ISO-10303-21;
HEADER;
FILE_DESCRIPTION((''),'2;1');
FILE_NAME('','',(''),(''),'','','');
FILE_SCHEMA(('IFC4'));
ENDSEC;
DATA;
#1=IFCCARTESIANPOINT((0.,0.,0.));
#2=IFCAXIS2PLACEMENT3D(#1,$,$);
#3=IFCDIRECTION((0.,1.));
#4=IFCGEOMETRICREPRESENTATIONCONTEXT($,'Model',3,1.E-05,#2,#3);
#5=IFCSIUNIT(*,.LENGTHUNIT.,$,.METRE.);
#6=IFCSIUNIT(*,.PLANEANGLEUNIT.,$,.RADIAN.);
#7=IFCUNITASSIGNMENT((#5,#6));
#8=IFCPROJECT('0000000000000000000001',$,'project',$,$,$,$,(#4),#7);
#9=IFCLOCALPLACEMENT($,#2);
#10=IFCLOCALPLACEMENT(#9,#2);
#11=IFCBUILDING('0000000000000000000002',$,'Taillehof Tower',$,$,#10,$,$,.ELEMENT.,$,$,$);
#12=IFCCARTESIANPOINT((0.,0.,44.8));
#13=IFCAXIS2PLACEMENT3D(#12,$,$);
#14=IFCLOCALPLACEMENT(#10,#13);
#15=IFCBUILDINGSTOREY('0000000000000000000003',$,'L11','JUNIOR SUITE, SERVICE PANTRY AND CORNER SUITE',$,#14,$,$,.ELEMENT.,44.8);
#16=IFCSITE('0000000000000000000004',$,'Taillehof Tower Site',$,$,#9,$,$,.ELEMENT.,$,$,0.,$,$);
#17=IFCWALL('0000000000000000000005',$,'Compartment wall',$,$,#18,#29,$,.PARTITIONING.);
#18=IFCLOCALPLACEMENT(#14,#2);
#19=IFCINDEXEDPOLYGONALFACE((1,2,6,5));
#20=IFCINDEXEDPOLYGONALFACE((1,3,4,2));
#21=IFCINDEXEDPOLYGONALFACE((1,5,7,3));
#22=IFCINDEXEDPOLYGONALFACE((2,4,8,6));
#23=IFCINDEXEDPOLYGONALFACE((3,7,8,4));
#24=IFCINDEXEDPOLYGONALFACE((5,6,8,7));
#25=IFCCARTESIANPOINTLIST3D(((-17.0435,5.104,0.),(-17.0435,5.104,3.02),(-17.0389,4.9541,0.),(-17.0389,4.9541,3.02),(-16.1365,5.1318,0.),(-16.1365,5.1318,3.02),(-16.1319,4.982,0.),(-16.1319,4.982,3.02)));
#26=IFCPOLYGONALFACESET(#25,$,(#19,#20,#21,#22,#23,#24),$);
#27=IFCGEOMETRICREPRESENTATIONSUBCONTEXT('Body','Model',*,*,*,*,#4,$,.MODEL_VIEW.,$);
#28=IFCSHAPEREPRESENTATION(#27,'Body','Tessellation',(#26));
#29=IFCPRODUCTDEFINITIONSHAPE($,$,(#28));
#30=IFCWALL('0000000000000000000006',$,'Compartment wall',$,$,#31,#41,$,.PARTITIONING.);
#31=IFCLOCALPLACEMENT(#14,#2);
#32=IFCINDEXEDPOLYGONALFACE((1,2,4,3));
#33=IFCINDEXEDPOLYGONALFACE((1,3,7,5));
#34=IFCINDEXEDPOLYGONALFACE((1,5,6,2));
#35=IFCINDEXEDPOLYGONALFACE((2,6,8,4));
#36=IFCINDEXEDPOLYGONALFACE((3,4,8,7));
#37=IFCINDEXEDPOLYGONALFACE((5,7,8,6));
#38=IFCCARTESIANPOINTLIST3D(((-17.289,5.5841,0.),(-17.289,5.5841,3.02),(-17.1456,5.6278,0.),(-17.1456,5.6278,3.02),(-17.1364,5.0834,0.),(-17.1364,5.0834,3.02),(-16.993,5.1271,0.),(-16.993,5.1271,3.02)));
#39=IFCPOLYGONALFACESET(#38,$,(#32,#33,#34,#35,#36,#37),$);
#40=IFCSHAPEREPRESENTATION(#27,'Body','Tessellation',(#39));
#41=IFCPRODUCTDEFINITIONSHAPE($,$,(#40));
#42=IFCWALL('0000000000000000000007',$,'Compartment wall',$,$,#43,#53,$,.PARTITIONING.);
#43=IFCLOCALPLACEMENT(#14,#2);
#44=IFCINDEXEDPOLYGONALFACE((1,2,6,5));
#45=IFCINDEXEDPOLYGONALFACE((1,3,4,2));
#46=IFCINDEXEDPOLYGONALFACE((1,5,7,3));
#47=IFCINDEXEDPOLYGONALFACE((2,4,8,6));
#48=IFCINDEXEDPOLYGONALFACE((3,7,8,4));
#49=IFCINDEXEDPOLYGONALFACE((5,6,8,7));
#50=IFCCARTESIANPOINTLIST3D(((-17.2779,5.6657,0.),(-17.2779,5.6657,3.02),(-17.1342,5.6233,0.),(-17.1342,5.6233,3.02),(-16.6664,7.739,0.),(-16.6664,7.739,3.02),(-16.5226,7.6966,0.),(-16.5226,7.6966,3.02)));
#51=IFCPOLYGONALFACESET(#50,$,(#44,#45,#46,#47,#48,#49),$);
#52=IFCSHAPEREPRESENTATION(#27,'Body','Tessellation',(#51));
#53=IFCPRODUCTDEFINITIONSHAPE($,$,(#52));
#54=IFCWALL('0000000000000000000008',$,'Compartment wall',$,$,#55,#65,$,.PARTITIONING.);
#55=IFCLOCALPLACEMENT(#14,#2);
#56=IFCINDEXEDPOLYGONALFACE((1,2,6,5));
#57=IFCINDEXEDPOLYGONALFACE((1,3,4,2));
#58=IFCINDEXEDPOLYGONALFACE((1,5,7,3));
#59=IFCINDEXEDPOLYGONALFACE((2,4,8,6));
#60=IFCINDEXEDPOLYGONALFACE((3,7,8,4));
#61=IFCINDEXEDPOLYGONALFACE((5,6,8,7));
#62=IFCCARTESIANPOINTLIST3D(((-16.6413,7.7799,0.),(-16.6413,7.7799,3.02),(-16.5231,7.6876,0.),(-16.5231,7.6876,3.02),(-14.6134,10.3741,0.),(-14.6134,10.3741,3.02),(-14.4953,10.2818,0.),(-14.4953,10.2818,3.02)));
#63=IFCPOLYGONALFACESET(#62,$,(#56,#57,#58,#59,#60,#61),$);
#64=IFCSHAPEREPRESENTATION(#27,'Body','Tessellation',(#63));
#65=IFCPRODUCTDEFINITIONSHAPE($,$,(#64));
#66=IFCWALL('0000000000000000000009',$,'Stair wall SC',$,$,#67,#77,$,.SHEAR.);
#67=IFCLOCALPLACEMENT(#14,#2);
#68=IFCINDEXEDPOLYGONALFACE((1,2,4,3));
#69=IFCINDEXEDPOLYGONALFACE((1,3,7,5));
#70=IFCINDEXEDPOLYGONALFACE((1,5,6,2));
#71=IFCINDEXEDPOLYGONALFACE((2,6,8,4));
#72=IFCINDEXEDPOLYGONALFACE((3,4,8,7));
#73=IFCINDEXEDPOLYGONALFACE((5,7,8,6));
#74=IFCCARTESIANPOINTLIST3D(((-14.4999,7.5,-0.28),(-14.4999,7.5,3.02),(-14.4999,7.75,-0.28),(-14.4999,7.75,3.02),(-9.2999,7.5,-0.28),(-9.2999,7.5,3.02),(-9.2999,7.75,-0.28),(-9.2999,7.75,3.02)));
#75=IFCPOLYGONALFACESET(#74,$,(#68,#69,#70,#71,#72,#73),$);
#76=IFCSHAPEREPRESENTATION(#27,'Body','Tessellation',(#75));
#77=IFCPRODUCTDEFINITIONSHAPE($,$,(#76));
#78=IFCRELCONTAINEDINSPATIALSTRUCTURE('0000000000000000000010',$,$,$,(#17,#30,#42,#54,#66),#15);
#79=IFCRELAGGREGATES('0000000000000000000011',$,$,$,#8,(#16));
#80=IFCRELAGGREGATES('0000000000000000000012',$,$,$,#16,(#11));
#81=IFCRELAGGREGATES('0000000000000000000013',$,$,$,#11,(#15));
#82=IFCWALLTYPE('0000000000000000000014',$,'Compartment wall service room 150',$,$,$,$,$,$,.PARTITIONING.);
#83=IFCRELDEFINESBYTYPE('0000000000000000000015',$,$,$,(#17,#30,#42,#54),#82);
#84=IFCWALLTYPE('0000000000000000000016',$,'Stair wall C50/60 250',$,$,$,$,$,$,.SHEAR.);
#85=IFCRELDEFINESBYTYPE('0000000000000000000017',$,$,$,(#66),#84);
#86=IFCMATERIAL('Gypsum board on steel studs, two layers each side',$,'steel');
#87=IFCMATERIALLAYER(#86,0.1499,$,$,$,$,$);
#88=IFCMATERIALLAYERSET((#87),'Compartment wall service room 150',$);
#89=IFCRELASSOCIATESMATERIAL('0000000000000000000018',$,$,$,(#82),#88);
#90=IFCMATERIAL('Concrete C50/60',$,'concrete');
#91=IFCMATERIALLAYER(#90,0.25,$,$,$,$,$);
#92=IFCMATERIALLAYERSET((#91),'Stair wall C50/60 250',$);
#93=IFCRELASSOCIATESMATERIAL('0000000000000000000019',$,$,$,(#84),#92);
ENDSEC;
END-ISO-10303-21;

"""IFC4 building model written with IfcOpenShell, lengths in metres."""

from ifc_helpers import new_model, si_unit, direction, frame, frame_2d, origin, place, context, subcontext, project, spatial, rectangle, extrude, material, layer, layer_set, type_object, element, save


model = new_model("IFC4")

# Units and contexts
model_context = context("Model", 3, precision=1e-05, world=origin(), true_north=direction((0.0, 1.0)))
body_context = subcontext(model_context, "Body", "Model", "MODEL_VIEW")
ifc_project = project(units=[si_unit("LENGTHUNIT", "METRE"), si_unit("PLANEANGLEUNIT", "RADIAN")], contexts=[model_context])

# Site, building, storey
site_placement = place(None, origin())
site = spatial("IfcSite", under=ifc_project, at=site_placement, Name="Taillehof Tower Site", CompositionType="ELEMENT", RefElevation=0.0)
building_placement = place(site_placement, origin())
building = spatial("IfcBuilding", under=site, at=building_placement, Name="Taillehof Tower", CompositionType="ELEMENT")
storey_placement = place(building_placement, frame((0.0, 0.0, 44.8)))
storey = spatial("IfcBuildingStorey", under=building, at=storey_placement, Name="L11", Description="JUNIOR SUITE, SERVICE PANTRY AND CORNER SUITE", CompositionType="ELEMENT", Elevation=44.8)

# Shared definitions
ifc_material_1 = material(Name="Gypsum board on steel studs, two layers each side", Category="steel")
ifc_layer_1 = layer(ifc_material_1, 0.1499)
ifc_layer_set_1 = layer_set([ifc_layer_1], Name="Compartment wall service room 150")
wall_type_1 = type_object("IfcWallType", Name="Compartment wall service room 150", PredefinedType="PARTITIONING", material=ifc_layer_set_1)

# Walls
wall_1_placement = place(storey_placement, frame((-16.1343, 5.0569, 0.0), z_axis=(0.0, 0.0, 1.0), x_axis=(-0.99953, -0.030672, 0.0)))
element("IfcWall", 1, at=wall_1_placement, inside=storey, type_object=wall_type_1, Name="Compartment wall", PredefinedType="PARTITIONING", context=body_context, shape_type="SweptSolid", body=[
    extrude(rectangle(XDim=0.9075, YDim=0.1499, at=frame_2d((0.4536, 0.0))), origin(), (0.0, 0.0, 1.0), 3.02),
])
wall_2_placement = place(storey_placement, frame((-17.0647, 5.1052, 0.0), z_axis=(0.0, 0.0, 1.0), x_axis=(-0.291496, 0.956572, 0.0)))
element("IfcWall", 2, at=wall_2_placement, inside=storey, type_object=wall_type_1, Name="Compartment wall", PredefinedType="PARTITIONING", context=body_context, shape_type="SweptSolid", body=[
    extrude(rectangle(XDim=0.5234, YDim=0.1499, at=frame_2d((0.2617, 0.0))), origin(), (0.0, 0.0, 1.0), 3.02),
])
wall_3_placement = place(storey_placement, frame((-17.2061, 5.6445, 0.0), z_axis=(0.0, 0.0, 1.0), x_axis=(0.282931, 0.95914, 0.0)))
element("IfcWall", 3, at=wall_3_placement, inside=storey, type_object=wall_type_1, Name="Compartment wall", PredefinedType="PARTITIONING", context=body_context, shape_type="SweptSolid", body=[
    extrude(rectangle(XDim=2.1616, YDim=0.1499, at=frame_2d((1.0808, 0.0))), origin(), (0.0, 0.0, 1.0), 3.02),
])
wall_4_placement = place(storey_placement, frame((-16.5823, 7.7336, 0.0), z_axis=(0.0, 0.0, 1.0), x_axis=(0.615848, 0.787865, 0.0)))
element("IfcWall", 4, at=wall_4_placement, inside=storey, type_object=wall_type_1, Name="Compartment wall", PredefinedType="PARTITIONING", context=body_context, shape_type="SweptSolid", body=[
    extrude(rectangle(XDim=3.2927, YDim=0.1499, at=frame_2d((1.6465, 0.0))), origin(), (0.0, 0.0, 1.0), 3.02),
])
ifc_material_2 = material(Name="Concrete C50/60", Category="concrete")
ifc_layer_2 = layer(ifc_material_2, 0.25)
ifc_layer_set_2 = layer_set([ifc_layer_2], Name="Stair wall C50/60 250")
wall_type_2 = type_object("IfcWallType", Name="Stair wall C50/60 250", PredefinedType="SHEAR", material=ifc_layer_set_2)
wall_5_placement = place(storey_placement, frame((-14.5, 7.625, -0.28), z_axis=(0.0, 0.0, 1.0), x_axis=(1.0, 0.0, 0.0)))
element("IfcWall", 5, at=wall_5_placement, inside=storey, type_object=wall_type_2, Name="Stair wall SC", PredefinedType="SHEAR", context=body_context, shape_type="SweptSolid", body=[
    extrude(rectangle(XDim=5.2, YDim=0.25, at=frame_2d((2.6001, 0.0))), origin(), (0.0, 0.0, 1.0), 3.3),
])

save(model, "model.ifc")
